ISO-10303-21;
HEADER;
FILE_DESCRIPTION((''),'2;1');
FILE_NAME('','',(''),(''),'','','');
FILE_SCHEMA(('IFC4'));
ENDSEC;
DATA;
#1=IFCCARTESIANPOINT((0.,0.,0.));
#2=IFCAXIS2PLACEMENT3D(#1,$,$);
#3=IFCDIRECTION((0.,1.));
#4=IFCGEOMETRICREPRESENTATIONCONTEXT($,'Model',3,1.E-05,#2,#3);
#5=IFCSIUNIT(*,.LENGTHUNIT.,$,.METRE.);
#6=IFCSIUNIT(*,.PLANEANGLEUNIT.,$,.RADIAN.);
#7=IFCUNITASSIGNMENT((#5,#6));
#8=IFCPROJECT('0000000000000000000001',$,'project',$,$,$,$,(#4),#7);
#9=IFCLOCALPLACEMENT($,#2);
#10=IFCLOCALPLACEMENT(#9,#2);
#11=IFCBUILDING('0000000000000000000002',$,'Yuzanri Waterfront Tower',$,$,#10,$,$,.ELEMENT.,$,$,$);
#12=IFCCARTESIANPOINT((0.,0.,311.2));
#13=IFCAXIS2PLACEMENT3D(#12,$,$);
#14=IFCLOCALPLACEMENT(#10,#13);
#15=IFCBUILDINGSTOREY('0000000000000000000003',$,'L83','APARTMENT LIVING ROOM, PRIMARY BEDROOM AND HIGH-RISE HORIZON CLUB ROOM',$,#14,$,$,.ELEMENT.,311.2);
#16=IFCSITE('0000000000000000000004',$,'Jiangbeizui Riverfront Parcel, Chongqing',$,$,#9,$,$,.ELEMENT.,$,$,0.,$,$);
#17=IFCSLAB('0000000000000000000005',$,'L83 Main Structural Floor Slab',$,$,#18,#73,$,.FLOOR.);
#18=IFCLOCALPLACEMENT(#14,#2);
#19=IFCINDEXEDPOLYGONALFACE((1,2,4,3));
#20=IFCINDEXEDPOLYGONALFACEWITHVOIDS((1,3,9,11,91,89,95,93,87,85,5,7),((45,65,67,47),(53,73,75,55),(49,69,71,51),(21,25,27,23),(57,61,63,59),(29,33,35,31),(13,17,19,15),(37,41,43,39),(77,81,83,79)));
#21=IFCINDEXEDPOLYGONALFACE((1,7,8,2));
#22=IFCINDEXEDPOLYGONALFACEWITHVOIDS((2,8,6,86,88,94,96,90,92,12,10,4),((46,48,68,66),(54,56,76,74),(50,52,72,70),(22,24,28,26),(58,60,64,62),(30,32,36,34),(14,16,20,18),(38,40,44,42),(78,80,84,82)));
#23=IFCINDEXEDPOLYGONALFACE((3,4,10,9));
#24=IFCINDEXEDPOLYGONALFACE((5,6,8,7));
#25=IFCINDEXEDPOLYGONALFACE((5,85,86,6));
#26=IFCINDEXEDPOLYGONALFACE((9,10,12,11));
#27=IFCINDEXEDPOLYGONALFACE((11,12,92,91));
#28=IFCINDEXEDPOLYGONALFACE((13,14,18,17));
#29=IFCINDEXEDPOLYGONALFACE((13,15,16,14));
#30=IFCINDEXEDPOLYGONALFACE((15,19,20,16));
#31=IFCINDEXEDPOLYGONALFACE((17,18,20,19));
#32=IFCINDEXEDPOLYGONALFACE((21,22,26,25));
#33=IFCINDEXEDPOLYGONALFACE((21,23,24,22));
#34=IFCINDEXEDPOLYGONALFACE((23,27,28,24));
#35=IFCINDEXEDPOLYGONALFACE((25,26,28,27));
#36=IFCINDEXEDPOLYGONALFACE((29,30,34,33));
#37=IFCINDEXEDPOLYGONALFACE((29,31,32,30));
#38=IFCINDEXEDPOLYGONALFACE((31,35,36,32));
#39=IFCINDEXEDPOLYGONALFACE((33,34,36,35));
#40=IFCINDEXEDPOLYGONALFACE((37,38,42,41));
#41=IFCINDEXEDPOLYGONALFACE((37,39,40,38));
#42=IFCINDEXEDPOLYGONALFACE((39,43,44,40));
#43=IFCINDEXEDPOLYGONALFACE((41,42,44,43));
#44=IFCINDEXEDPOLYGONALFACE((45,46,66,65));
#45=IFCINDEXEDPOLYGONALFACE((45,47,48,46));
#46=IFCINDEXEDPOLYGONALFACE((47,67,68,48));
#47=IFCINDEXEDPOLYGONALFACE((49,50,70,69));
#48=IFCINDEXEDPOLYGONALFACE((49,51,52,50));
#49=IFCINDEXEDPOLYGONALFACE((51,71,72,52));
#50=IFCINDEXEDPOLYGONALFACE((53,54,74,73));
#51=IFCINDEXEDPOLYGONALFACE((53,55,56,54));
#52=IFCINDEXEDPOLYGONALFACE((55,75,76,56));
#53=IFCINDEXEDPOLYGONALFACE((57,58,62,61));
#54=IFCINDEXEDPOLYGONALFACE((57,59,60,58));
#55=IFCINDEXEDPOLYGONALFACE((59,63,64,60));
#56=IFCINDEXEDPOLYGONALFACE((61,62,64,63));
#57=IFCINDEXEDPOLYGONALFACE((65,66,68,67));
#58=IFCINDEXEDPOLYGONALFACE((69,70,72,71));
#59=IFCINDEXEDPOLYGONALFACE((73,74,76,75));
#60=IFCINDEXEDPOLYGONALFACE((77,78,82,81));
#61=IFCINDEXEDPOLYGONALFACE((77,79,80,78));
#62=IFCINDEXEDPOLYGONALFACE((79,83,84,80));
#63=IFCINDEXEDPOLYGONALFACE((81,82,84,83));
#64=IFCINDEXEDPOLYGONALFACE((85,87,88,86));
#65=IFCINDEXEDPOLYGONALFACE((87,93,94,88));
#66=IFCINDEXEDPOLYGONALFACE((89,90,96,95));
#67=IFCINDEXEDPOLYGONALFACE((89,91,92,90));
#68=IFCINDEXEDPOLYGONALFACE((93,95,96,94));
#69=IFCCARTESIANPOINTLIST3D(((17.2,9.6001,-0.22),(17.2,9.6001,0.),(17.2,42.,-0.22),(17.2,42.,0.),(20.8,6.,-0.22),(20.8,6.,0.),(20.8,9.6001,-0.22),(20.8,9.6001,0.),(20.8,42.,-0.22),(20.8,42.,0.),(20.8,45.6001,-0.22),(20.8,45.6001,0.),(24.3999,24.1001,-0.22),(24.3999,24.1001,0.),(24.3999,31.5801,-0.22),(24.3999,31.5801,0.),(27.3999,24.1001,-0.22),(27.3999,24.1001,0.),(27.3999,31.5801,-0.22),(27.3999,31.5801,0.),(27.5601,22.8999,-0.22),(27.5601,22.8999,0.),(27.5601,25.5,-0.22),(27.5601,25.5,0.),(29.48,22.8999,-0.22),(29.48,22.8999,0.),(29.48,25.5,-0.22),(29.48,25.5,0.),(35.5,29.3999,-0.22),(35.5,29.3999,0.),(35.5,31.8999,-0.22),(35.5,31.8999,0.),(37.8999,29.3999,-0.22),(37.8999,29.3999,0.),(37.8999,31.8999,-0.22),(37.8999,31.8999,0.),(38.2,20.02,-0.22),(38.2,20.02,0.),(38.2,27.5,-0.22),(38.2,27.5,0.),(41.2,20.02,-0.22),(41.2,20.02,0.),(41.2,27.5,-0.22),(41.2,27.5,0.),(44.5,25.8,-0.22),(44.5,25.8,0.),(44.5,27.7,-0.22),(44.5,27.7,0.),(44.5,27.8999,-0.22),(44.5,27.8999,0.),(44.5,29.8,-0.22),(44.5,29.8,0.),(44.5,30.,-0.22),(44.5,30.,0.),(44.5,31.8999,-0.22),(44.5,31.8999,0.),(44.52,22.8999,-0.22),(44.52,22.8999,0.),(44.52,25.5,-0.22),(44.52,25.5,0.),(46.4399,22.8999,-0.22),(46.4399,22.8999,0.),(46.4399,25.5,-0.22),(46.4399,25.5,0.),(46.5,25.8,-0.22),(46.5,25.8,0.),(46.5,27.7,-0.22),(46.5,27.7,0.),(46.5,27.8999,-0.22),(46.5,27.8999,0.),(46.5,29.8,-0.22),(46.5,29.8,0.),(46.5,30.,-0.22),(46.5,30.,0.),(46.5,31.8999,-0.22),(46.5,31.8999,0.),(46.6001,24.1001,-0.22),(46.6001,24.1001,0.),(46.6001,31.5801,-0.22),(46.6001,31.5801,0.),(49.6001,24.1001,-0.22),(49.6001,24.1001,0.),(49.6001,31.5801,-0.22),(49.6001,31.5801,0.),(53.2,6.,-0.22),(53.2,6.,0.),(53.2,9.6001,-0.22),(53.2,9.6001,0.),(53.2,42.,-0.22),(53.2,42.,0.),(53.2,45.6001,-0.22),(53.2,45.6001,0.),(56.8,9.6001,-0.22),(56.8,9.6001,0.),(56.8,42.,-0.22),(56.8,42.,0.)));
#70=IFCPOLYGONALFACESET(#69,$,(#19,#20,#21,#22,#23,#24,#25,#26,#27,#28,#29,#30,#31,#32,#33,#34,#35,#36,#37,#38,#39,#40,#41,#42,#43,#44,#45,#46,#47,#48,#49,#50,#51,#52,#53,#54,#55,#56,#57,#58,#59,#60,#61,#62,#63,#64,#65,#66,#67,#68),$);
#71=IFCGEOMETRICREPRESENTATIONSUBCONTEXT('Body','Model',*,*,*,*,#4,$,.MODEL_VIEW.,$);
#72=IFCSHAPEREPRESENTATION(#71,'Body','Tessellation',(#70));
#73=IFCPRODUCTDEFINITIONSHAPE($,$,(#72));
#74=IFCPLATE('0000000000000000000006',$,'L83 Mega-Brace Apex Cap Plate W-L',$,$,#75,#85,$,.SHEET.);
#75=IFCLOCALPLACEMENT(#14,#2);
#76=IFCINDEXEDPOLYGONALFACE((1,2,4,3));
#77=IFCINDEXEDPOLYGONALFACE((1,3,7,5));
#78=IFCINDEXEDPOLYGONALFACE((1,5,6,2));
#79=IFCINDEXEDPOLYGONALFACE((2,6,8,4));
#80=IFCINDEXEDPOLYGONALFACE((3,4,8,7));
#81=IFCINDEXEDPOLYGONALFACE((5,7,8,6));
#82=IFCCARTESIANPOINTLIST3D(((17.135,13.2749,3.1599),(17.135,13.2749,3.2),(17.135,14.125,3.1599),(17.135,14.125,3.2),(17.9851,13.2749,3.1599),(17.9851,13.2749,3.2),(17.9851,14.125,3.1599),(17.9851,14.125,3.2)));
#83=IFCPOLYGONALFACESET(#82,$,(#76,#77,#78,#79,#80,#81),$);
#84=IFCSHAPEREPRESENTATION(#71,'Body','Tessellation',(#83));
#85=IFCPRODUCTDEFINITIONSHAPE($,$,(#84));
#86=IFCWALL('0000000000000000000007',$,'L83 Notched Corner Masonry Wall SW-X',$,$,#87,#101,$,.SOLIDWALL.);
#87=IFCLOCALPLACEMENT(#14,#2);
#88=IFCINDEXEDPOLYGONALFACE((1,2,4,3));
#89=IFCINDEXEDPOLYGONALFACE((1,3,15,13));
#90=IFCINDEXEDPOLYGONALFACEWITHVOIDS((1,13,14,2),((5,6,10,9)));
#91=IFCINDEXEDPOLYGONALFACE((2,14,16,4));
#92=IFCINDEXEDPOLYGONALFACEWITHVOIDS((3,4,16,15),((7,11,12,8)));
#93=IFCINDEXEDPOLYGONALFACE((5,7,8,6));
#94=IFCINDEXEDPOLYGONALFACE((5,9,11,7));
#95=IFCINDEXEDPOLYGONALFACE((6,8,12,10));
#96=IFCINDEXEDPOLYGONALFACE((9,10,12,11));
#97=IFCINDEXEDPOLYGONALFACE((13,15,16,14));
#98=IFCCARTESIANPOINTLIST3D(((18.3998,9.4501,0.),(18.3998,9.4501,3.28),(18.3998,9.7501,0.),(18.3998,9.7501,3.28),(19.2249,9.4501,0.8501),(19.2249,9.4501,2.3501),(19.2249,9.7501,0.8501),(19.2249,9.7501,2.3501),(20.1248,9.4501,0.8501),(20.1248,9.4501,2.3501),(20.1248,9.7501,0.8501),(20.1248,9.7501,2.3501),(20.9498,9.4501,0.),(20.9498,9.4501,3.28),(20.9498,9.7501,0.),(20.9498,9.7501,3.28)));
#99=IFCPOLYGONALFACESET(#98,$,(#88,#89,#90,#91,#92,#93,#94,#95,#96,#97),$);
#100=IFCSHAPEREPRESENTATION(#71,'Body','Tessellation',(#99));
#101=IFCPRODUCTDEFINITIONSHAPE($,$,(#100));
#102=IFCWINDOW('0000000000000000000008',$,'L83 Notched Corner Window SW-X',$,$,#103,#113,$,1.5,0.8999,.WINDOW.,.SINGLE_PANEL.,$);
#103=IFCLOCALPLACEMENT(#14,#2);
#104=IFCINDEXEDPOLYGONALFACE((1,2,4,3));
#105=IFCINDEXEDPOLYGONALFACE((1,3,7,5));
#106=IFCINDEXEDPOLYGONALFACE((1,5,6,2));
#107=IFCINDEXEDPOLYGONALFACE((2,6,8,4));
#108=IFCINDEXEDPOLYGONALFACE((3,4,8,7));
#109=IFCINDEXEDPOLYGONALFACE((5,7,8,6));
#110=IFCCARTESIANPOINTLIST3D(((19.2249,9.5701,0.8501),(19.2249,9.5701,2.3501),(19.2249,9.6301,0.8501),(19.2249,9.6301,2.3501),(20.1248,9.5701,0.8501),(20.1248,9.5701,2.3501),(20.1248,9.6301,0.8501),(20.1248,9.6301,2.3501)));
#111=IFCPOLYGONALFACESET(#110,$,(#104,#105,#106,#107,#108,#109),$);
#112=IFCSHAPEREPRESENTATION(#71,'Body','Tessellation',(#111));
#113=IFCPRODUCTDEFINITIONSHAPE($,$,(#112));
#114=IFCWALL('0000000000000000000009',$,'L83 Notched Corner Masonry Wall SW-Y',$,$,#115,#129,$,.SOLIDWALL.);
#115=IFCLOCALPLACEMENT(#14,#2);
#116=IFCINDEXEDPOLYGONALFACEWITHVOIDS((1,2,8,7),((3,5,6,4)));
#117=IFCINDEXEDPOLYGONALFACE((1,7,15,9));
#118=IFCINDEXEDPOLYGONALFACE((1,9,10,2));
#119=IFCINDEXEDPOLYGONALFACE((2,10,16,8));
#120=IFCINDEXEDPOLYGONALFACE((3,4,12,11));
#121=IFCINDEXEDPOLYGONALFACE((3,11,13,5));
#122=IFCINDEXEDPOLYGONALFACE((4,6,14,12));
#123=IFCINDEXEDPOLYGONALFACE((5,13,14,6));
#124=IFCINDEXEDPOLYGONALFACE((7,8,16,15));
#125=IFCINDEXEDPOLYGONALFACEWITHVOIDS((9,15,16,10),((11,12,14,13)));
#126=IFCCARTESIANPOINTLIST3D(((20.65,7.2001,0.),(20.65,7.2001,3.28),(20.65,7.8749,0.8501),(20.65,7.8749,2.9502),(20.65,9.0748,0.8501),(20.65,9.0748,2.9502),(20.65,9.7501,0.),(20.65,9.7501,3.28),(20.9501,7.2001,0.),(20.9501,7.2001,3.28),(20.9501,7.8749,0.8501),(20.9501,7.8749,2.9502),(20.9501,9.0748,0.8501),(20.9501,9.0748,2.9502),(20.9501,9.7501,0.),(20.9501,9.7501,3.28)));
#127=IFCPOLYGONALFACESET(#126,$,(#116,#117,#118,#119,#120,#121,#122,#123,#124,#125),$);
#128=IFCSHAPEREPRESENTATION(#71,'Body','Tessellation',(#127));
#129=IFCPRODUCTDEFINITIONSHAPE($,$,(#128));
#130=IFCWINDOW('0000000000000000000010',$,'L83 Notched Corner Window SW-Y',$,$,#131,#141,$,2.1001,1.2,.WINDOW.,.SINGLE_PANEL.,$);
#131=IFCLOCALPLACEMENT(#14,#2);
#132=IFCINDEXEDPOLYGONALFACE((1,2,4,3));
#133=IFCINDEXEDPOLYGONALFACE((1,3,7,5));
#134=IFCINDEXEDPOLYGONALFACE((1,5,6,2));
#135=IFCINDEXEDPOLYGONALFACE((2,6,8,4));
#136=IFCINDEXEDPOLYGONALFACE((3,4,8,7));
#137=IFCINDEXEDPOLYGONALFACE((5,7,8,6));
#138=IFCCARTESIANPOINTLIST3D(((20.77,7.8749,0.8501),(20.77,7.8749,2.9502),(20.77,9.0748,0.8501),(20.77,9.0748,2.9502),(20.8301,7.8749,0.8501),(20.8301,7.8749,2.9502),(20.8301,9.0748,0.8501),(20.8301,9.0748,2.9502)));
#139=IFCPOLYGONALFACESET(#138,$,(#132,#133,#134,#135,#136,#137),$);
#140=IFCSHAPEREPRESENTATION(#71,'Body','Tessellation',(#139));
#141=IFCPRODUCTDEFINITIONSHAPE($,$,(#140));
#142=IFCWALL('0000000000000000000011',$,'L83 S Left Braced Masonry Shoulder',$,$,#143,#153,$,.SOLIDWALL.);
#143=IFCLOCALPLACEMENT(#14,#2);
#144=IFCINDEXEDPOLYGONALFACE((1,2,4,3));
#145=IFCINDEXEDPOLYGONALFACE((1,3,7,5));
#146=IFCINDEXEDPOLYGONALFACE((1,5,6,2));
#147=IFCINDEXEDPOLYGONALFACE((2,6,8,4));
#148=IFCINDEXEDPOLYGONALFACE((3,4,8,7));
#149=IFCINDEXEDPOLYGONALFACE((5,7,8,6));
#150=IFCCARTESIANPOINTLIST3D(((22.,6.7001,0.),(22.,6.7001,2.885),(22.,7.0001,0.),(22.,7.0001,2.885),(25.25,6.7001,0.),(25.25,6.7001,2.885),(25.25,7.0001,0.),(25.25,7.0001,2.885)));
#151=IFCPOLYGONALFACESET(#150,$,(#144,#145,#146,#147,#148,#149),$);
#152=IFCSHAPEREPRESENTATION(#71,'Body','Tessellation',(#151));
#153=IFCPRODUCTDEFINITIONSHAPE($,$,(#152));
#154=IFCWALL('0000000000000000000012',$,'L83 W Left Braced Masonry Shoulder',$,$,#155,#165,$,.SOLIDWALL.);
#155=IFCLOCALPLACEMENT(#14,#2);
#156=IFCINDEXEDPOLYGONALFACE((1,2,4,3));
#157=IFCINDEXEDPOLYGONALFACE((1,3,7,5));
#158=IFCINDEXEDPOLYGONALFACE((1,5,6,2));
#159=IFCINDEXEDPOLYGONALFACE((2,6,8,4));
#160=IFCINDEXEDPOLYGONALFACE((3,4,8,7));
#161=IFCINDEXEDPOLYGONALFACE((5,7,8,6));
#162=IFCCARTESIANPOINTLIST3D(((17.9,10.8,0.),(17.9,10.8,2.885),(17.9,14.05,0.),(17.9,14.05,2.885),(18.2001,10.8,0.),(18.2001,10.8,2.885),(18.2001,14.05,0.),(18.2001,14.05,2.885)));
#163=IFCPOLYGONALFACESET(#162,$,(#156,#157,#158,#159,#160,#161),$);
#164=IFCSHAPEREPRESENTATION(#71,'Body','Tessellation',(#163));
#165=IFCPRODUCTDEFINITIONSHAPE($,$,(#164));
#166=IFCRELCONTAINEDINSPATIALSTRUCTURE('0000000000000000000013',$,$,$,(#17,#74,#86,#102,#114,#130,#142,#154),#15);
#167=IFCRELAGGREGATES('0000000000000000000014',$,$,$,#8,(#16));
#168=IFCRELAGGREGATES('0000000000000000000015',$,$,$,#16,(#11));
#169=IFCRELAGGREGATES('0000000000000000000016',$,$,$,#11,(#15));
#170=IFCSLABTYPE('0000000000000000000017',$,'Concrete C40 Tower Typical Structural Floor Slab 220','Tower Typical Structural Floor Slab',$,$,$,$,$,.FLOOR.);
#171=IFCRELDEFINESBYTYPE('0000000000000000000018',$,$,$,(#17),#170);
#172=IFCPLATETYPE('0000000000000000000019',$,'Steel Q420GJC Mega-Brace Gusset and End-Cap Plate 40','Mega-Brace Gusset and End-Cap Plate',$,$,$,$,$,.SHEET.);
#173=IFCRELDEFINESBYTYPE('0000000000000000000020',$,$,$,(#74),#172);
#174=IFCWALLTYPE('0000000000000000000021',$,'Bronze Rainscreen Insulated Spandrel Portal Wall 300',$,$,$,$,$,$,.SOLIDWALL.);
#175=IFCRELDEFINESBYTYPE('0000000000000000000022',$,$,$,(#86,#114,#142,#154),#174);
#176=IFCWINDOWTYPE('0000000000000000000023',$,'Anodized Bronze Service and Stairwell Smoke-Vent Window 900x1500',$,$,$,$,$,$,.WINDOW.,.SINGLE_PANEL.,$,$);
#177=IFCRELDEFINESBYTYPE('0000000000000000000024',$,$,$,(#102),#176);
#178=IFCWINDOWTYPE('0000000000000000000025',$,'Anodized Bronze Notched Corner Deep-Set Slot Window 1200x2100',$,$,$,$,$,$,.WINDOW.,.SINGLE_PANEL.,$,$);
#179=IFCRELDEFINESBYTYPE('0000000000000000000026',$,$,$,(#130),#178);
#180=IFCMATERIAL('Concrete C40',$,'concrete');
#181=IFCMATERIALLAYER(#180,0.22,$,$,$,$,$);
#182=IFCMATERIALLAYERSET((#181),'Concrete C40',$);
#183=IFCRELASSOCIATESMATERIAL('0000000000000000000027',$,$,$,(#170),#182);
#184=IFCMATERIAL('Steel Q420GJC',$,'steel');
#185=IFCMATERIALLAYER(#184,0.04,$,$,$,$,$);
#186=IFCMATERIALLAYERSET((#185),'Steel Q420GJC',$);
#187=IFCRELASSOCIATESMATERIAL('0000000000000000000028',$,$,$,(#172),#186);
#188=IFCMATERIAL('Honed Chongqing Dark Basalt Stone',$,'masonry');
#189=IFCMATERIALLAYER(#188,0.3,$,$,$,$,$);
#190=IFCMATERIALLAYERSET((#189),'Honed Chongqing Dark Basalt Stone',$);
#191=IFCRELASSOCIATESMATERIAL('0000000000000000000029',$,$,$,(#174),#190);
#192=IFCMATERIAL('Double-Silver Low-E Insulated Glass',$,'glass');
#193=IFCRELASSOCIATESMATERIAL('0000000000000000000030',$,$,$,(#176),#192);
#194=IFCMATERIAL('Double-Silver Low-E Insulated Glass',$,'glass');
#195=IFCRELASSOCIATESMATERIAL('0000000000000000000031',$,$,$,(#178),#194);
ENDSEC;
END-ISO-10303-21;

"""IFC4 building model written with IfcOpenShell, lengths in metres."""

from ifc_helpers import new_model, si_unit, direction, frame, frame_2d, origin, origin_2d, place, context, subcontext, project, spatial, polyline, rectangle, outline, extrude, source, transform, mapped, material, layer, layer_set, type_object, element, fill, save


model = new_model("IFC4")

# Units and contexts
model_context = context("Model", 3, precision=1e-05, world=origin(), true_north=direction((0.0, 1.0)))
body_context = subcontext(model_context, "Body", "Model", "MODEL_VIEW")
ifc_project = project(units=[si_unit("LENGTHUNIT", "METRE"), si_unit("PLANEANGLEUNIT", "RADIAN")], contexts=[model_context])

# Site, building, storey
site_placement = place(None, origin())
site = spatial("IfcSite", under=ifc_project, at=site_placement, Name="Jiangbeizui Riverfront Parcel, Chongqing", CompositionType="ELEMENT", RefElevation=0.0)
building_placement = place(site_placement, origin())
building = spatial("IfcBuilding", under=site, at=building_placement, Name="Yuzanri Waterfront Tower", CompositionType="ELEMENT")
storey_placement = place(building_placement, frame((0.0, 0.0, 311.2)))
storey = spatial("IfcBuildingStorey", under=building, at=storey_placement, Name="L83", Description="APARTMENT LIVING ROOM, PRIMARY BEDROOM AND HIGH-RISE HORIZON CLUB ROOM", CompositionType="ELEMENT", Elevation=311.2)

# Slab
ifc_material_1 = material(Name="Concrete C40", Category="concrete")
ifc_layer_1 = layer(ifc_material_1, 0.22)
ifc_layer_set_1 = layer_set([ifc_layer_1], Name="Concrete C40")
slab_type_1 = type_object("IfcSlabType", Name="Concrete C40 Tower Typical Structural Floor Slab 220", Description="Tower Typical Structural Floor Slab", PredefinedType="FLOOR", material=ifc_layer_set_1)
slab_1_placement = place(storey_placement, frame((0.0, 0.0, -0.22)))
element("IfcSlab", 1, at=slab_1_placement, inside=storey, type_object=slab_type_1, Name="L83 Main Structural Floor Slab", PredefinedType="FLOOR", context=body_context, shape_type="SweptSolid", body=[
    extrude(outline(polyline([(20.8, 6.0), (53.2, 6.0), (53.2, 9.6001), (56.8, 9.6001), (56.8, 42.0), (53.2, 42.0), (53.2, 45.6001), (20.8, 45.6001), (20.8, 42.0), (17.2, 42.0), (17.2, 9.6001), (20.8, 9.6001), (20.8, 6.0)]), holes=[polyline([(27.3999, 24.1001), (27.3999, 31.5801), (24.3999, 31.5801), (24.3999, 24.1001), (27.3999, 24.1001)]), polyline([(49.6001, 24.1001), (49.6001, 31.5801), (46.6001, 31.5801), (46.6001, 24.1001), (49.6001, 24.1001)]), polyline([(38.2, 27.5), (38.2, 20.02), (41.2, 20.02), (41.2, 27.5), (38.2, 27.5)]), polyline([(27.5601, 22.8999), (29.48, 22.8999), (29.48, 25.5), (27.5601, 25.5), (27.5601, 22.8999)]), polyline([(44.52, 22.8999), (46.4399, 22.8999), (46.4399, 25.5), (44.52, 25.5), (44.52, 22.8999)]), polyline([(35.5, 29.3999), (37.8999, 29.3999), (37.8999, 31.8999), (35.5, 31.8999), (35.5, 29.3999)]), polyline([(44.5, 25.8), (46.5, 25.8), (46.5, 27.7), (44.5, 27.7), (44.5, 25.8)]), polyline([(44.5, 27.8999), (46.5, 27.8999), (46.5, 29.8), (44.5, 29.8), (44.5, 27.8999)]), polyline([(44.5, 30.0), (46.5, 30.0), (46.5, 31.8999), (44.5, 31.8999), (44.5, 30.0)])]), origin(), (0.0, 0.0, 1.0), 0.22),
])

# Plate
ifc_material_2 = material(Name="Steel Q420GJC", Category="steel")
ifc_layer_2 = layer(ifc_material_2, 0.04)
ifc_layer_set_2 = layer_set([ifc_layer_2], Name="Steel Q420GJC")
plate_type = type_object("IfcPlateType", Name="Steel Q420GJC Mega-Brace Gusset and End-Cap Plate 40", Description="Mega-Brace Gusset and End-Cap Plate", PredefinedType="SHEET", material=ifc_layer_set_2)
shared_shape_1 = source(origin(), body_context, "Body", "SweptSolid", [
    extrude(rectangle(XDim=0.8501, YDim=0.8501, at=origin_2d()), origin(), (0.0, 0.0, 1.0), 0.04),
])
plate_placement = place(storey_placement, frame((17.5601, 13.7, 3.1599), z_axis=(0.0, 0.0, 1.0), x_axis=(1.0, 0.0, 0.0)))
element("IfcPlate", 2, at=plate_placement, inside=storey, type_object=plate_type, Name="L83 Mega-Brace Apex Cap Plate W-L", PredefinedType="SHEET", context=body_context, shape_type="MappedRepresentation", body=[
    mapped(shared_shape_1, transform((0.0, 0.0, 0.0), scale=1.0)),
])

# Walls, openings, windows
ifc_material_3 = material(Name="Honed Chongqing Dark Basalt Stone", Category="masonry")
ifc_layer_3 = layer(ifc_material_3, 0.3)
ifc_layer_set_3 = layer_set([ifc_layer_3], Name="Honed Chongqing Dark Basalt Stone")
wall_type_1 = type_object("IfcWallType", Name="Bronze Rainscreen Insulated Spandrel Portal Wall 300", PredefinedType="SOLIDWALL", material=ifc_layer_set_3)
wall_1_placement = place(storey_placement, frame((18.3999, 9.6001, 0.0), z_axis=(0.0, 0.0, 1.0), x_axis=(1.0, 0.0, 0.0)))
wall_1 = element("IfcWall", 3, at=wall_1_placement, inside=storey, type_object=wall_type_1, Name="L83 Notched Corner Masonry Wall SW-X", PredefinedType="SOLIDWALL", context=body_context, shape_type="SweptSolid", body=[
    extrude(rectangle(XDim=2.55, YDim=0.3, at=frame_2d((1.2749, 0.0))), origin(), (0.0, 0.0, 1.0), 3.28),
])
opening_1_placement = place(wall_1_placement, frame((0.825, 0.0, 0.8501)))
opening_1 = element("IfcOpeningElement", 4, at=opening_1_placement, cuts=wall_1, PredefinedType="OPENING", context=body_context, shape_type="SweptSolid", body=[
    extrude(rectangle(XDim=0.8999, YDim=1.5, at=frame_2d((0.45, 0.75))), frame((0.0, 0.165, 0.0), z_axis=(0.0, -1.0, 0.0), x_axis=(1.0, 0.0, 0.0)), (0.0, 0.0, 1.0), 0.3298),
])
ifc_material_4 = material(Name="Double-Silver Low-E Insulated Glass", Category="glass")
window_type_1 = type_object("IfcWindowType", Name="Anodized Bronze Service and Stairwell Smoke-Vent Window 900x1500", PartitioningType="SINGLE_PANEL", PredefinedType="WINDOW", material=ifc_material_4)
shared_shape_2 = source(origin(), body_context, "Body", "SweptSolid", [
    extrude(rectangle(XDim=0.8999, YDim=1.5, at=frame_2d((0.45, 0.75))), frame((0.0, 0.03, 0.0), z_axis=(0.0, -1.0, 0.0), x_axis=(1.0, 0.0, 0.0)), (0.0, 0.0, 1.0), 0.0601),
])
window_1_placement = place(opening_1_placement, origin())
window_1 = element("IfcWindow", 5, at=window_1_placement, inside=storey, type_object=window_type_1, Name="L83 Notched Corner Window SW-X", OverallHeight=1.5, OverallWidth=0.8999, PartitioningType="SINGLE_PANEL", PredefinedType="WINDOW", context=body_context, shape_type="MappedRepresentation", body=[
    mapped(shared_shape_2, transform((0.0, 0.0, 0.0), scale=1.0)),
])
fill(opening_1, window_1)
wall_2_placement = place(storey_placement, frame((20.8, 9.75, 0.0), z_axis=(0.0, 0.0, 1.0), x_axis=(0.0, -1.0, 0.0)))
wall_2 = element("IfcWall", 6, at=wall_2_placement, inside=storey, type_object=wall_type_1, Name="L83 Notched Corner Masonry Wall SW-Y", PredefinedType="SOLIDWALL", context=body_context, shape_type="SweptSolid", body=[
    extrude(rectangle(XDim=2.55, YDim=0.3, at=frame_2d((1.2749, 0.0))), origin(), (0.0, 0.0, 1.0), 3.28),
])
opening_2_placement = place(wall_2_placement, frame((0.675, 0.0, 0.8501)))
opening_2 = element("IfcOpeningElement", 7, at=opening_2_placement, cuts=wall_2, PredefinedType="OPENING", context=body_context, shape_type="SweptSolid", body=[
    extrude(rectangle(XDim=1.2, YDim=2.1001, at=frame_2d((0.6001, 1.05))), frame((0.0, 0.165, 0.0), z_axis=(0.0, -1.0, 0.0), x_axis=(1.0, 0.0, 0.0)), (0.0, 0.0, 1.0), 0.3298),
])
ifc_material_5 = material(Name="Double-Silver Low-E Insulated Glass", Category="glass")
window_type_2 = type_object("IfcWindowType", Name="Anodized Bronze Notched Corner Deep-Set Slot Window 1200x2100", PartitioningType="SINGLE_PANEL", PredefinedType="WINDOW", material=ifc_material_5)
shared_shape_3 = source(origin(), body_context, "Body", "SweptSolid", [
    extrude(rectangle(XDim=1.2, YDim=2.1001, at=frame_2d((0.6001, 1.05))), frame((0.0, 0.03, 0.0), z_axis=(0.0, -1.0, 0.0), x_axis=(1.0, 0.0, 0.0)), (0.0, 0.0, 1.0), 0.0601),
])
window_2_placement = place(opening_2_placement, origin())
window_2 = element("IfcWindow", 8, at=window_2_placement, inside=storey, type_object=window_type_2, Name="L83 Notched Corner Window SW-Y", OverallHeight=2.1001, OverallWidth=1.2, PartitioningType="SINGLE_PANEL", PredefinedType="WINDOW", context=body_context, shape_type="MappedRepresentation", body=[
    mapped(shared_shape_3, transform((0.0, 0.0, 0.0), scale=1.0)),
])
fill(opening_2, window_2)

# Walls
shared_shape_4 = source(origin(), body_context, "Body", "SweptSolid", [
    extrude(rectangle(XDim=3.25, YDim=0.3, at=frame_2d((1.625, 0.0))), origin(), (0.0, 0.0, 1.0), 2.885),
])
for number, where, z_axis, x_axis, name in (
    (9, (22.0, 6.8501, 0.0), (0.0, 0.0, 1.0), (1.0, 0.0, 0.0), "L83 S Left Braced Masonry Shoulder"),
    (10, (18.05, 10.8, 0.0), (0.0, 0.0, 1.0), (0.0, 1.0, 0.0), "L83 W Left Braced Masonry Shoulder"),
):
    element("IfcWall", number, at=place(storey_placement, frame(where, z_axis=z_axis, x_axis=x_axis)), inside=storey, type_object=wall_type_1, Name=name, PredefinedType="SOLIDWALL", context=body_context, shape_type="MappedRepresentation", body=[
        mapped(shared_shape_4, transform((0.0, 0.0, 0.0), scale=1.0)),
    ])

save(model, "model.ifc")
